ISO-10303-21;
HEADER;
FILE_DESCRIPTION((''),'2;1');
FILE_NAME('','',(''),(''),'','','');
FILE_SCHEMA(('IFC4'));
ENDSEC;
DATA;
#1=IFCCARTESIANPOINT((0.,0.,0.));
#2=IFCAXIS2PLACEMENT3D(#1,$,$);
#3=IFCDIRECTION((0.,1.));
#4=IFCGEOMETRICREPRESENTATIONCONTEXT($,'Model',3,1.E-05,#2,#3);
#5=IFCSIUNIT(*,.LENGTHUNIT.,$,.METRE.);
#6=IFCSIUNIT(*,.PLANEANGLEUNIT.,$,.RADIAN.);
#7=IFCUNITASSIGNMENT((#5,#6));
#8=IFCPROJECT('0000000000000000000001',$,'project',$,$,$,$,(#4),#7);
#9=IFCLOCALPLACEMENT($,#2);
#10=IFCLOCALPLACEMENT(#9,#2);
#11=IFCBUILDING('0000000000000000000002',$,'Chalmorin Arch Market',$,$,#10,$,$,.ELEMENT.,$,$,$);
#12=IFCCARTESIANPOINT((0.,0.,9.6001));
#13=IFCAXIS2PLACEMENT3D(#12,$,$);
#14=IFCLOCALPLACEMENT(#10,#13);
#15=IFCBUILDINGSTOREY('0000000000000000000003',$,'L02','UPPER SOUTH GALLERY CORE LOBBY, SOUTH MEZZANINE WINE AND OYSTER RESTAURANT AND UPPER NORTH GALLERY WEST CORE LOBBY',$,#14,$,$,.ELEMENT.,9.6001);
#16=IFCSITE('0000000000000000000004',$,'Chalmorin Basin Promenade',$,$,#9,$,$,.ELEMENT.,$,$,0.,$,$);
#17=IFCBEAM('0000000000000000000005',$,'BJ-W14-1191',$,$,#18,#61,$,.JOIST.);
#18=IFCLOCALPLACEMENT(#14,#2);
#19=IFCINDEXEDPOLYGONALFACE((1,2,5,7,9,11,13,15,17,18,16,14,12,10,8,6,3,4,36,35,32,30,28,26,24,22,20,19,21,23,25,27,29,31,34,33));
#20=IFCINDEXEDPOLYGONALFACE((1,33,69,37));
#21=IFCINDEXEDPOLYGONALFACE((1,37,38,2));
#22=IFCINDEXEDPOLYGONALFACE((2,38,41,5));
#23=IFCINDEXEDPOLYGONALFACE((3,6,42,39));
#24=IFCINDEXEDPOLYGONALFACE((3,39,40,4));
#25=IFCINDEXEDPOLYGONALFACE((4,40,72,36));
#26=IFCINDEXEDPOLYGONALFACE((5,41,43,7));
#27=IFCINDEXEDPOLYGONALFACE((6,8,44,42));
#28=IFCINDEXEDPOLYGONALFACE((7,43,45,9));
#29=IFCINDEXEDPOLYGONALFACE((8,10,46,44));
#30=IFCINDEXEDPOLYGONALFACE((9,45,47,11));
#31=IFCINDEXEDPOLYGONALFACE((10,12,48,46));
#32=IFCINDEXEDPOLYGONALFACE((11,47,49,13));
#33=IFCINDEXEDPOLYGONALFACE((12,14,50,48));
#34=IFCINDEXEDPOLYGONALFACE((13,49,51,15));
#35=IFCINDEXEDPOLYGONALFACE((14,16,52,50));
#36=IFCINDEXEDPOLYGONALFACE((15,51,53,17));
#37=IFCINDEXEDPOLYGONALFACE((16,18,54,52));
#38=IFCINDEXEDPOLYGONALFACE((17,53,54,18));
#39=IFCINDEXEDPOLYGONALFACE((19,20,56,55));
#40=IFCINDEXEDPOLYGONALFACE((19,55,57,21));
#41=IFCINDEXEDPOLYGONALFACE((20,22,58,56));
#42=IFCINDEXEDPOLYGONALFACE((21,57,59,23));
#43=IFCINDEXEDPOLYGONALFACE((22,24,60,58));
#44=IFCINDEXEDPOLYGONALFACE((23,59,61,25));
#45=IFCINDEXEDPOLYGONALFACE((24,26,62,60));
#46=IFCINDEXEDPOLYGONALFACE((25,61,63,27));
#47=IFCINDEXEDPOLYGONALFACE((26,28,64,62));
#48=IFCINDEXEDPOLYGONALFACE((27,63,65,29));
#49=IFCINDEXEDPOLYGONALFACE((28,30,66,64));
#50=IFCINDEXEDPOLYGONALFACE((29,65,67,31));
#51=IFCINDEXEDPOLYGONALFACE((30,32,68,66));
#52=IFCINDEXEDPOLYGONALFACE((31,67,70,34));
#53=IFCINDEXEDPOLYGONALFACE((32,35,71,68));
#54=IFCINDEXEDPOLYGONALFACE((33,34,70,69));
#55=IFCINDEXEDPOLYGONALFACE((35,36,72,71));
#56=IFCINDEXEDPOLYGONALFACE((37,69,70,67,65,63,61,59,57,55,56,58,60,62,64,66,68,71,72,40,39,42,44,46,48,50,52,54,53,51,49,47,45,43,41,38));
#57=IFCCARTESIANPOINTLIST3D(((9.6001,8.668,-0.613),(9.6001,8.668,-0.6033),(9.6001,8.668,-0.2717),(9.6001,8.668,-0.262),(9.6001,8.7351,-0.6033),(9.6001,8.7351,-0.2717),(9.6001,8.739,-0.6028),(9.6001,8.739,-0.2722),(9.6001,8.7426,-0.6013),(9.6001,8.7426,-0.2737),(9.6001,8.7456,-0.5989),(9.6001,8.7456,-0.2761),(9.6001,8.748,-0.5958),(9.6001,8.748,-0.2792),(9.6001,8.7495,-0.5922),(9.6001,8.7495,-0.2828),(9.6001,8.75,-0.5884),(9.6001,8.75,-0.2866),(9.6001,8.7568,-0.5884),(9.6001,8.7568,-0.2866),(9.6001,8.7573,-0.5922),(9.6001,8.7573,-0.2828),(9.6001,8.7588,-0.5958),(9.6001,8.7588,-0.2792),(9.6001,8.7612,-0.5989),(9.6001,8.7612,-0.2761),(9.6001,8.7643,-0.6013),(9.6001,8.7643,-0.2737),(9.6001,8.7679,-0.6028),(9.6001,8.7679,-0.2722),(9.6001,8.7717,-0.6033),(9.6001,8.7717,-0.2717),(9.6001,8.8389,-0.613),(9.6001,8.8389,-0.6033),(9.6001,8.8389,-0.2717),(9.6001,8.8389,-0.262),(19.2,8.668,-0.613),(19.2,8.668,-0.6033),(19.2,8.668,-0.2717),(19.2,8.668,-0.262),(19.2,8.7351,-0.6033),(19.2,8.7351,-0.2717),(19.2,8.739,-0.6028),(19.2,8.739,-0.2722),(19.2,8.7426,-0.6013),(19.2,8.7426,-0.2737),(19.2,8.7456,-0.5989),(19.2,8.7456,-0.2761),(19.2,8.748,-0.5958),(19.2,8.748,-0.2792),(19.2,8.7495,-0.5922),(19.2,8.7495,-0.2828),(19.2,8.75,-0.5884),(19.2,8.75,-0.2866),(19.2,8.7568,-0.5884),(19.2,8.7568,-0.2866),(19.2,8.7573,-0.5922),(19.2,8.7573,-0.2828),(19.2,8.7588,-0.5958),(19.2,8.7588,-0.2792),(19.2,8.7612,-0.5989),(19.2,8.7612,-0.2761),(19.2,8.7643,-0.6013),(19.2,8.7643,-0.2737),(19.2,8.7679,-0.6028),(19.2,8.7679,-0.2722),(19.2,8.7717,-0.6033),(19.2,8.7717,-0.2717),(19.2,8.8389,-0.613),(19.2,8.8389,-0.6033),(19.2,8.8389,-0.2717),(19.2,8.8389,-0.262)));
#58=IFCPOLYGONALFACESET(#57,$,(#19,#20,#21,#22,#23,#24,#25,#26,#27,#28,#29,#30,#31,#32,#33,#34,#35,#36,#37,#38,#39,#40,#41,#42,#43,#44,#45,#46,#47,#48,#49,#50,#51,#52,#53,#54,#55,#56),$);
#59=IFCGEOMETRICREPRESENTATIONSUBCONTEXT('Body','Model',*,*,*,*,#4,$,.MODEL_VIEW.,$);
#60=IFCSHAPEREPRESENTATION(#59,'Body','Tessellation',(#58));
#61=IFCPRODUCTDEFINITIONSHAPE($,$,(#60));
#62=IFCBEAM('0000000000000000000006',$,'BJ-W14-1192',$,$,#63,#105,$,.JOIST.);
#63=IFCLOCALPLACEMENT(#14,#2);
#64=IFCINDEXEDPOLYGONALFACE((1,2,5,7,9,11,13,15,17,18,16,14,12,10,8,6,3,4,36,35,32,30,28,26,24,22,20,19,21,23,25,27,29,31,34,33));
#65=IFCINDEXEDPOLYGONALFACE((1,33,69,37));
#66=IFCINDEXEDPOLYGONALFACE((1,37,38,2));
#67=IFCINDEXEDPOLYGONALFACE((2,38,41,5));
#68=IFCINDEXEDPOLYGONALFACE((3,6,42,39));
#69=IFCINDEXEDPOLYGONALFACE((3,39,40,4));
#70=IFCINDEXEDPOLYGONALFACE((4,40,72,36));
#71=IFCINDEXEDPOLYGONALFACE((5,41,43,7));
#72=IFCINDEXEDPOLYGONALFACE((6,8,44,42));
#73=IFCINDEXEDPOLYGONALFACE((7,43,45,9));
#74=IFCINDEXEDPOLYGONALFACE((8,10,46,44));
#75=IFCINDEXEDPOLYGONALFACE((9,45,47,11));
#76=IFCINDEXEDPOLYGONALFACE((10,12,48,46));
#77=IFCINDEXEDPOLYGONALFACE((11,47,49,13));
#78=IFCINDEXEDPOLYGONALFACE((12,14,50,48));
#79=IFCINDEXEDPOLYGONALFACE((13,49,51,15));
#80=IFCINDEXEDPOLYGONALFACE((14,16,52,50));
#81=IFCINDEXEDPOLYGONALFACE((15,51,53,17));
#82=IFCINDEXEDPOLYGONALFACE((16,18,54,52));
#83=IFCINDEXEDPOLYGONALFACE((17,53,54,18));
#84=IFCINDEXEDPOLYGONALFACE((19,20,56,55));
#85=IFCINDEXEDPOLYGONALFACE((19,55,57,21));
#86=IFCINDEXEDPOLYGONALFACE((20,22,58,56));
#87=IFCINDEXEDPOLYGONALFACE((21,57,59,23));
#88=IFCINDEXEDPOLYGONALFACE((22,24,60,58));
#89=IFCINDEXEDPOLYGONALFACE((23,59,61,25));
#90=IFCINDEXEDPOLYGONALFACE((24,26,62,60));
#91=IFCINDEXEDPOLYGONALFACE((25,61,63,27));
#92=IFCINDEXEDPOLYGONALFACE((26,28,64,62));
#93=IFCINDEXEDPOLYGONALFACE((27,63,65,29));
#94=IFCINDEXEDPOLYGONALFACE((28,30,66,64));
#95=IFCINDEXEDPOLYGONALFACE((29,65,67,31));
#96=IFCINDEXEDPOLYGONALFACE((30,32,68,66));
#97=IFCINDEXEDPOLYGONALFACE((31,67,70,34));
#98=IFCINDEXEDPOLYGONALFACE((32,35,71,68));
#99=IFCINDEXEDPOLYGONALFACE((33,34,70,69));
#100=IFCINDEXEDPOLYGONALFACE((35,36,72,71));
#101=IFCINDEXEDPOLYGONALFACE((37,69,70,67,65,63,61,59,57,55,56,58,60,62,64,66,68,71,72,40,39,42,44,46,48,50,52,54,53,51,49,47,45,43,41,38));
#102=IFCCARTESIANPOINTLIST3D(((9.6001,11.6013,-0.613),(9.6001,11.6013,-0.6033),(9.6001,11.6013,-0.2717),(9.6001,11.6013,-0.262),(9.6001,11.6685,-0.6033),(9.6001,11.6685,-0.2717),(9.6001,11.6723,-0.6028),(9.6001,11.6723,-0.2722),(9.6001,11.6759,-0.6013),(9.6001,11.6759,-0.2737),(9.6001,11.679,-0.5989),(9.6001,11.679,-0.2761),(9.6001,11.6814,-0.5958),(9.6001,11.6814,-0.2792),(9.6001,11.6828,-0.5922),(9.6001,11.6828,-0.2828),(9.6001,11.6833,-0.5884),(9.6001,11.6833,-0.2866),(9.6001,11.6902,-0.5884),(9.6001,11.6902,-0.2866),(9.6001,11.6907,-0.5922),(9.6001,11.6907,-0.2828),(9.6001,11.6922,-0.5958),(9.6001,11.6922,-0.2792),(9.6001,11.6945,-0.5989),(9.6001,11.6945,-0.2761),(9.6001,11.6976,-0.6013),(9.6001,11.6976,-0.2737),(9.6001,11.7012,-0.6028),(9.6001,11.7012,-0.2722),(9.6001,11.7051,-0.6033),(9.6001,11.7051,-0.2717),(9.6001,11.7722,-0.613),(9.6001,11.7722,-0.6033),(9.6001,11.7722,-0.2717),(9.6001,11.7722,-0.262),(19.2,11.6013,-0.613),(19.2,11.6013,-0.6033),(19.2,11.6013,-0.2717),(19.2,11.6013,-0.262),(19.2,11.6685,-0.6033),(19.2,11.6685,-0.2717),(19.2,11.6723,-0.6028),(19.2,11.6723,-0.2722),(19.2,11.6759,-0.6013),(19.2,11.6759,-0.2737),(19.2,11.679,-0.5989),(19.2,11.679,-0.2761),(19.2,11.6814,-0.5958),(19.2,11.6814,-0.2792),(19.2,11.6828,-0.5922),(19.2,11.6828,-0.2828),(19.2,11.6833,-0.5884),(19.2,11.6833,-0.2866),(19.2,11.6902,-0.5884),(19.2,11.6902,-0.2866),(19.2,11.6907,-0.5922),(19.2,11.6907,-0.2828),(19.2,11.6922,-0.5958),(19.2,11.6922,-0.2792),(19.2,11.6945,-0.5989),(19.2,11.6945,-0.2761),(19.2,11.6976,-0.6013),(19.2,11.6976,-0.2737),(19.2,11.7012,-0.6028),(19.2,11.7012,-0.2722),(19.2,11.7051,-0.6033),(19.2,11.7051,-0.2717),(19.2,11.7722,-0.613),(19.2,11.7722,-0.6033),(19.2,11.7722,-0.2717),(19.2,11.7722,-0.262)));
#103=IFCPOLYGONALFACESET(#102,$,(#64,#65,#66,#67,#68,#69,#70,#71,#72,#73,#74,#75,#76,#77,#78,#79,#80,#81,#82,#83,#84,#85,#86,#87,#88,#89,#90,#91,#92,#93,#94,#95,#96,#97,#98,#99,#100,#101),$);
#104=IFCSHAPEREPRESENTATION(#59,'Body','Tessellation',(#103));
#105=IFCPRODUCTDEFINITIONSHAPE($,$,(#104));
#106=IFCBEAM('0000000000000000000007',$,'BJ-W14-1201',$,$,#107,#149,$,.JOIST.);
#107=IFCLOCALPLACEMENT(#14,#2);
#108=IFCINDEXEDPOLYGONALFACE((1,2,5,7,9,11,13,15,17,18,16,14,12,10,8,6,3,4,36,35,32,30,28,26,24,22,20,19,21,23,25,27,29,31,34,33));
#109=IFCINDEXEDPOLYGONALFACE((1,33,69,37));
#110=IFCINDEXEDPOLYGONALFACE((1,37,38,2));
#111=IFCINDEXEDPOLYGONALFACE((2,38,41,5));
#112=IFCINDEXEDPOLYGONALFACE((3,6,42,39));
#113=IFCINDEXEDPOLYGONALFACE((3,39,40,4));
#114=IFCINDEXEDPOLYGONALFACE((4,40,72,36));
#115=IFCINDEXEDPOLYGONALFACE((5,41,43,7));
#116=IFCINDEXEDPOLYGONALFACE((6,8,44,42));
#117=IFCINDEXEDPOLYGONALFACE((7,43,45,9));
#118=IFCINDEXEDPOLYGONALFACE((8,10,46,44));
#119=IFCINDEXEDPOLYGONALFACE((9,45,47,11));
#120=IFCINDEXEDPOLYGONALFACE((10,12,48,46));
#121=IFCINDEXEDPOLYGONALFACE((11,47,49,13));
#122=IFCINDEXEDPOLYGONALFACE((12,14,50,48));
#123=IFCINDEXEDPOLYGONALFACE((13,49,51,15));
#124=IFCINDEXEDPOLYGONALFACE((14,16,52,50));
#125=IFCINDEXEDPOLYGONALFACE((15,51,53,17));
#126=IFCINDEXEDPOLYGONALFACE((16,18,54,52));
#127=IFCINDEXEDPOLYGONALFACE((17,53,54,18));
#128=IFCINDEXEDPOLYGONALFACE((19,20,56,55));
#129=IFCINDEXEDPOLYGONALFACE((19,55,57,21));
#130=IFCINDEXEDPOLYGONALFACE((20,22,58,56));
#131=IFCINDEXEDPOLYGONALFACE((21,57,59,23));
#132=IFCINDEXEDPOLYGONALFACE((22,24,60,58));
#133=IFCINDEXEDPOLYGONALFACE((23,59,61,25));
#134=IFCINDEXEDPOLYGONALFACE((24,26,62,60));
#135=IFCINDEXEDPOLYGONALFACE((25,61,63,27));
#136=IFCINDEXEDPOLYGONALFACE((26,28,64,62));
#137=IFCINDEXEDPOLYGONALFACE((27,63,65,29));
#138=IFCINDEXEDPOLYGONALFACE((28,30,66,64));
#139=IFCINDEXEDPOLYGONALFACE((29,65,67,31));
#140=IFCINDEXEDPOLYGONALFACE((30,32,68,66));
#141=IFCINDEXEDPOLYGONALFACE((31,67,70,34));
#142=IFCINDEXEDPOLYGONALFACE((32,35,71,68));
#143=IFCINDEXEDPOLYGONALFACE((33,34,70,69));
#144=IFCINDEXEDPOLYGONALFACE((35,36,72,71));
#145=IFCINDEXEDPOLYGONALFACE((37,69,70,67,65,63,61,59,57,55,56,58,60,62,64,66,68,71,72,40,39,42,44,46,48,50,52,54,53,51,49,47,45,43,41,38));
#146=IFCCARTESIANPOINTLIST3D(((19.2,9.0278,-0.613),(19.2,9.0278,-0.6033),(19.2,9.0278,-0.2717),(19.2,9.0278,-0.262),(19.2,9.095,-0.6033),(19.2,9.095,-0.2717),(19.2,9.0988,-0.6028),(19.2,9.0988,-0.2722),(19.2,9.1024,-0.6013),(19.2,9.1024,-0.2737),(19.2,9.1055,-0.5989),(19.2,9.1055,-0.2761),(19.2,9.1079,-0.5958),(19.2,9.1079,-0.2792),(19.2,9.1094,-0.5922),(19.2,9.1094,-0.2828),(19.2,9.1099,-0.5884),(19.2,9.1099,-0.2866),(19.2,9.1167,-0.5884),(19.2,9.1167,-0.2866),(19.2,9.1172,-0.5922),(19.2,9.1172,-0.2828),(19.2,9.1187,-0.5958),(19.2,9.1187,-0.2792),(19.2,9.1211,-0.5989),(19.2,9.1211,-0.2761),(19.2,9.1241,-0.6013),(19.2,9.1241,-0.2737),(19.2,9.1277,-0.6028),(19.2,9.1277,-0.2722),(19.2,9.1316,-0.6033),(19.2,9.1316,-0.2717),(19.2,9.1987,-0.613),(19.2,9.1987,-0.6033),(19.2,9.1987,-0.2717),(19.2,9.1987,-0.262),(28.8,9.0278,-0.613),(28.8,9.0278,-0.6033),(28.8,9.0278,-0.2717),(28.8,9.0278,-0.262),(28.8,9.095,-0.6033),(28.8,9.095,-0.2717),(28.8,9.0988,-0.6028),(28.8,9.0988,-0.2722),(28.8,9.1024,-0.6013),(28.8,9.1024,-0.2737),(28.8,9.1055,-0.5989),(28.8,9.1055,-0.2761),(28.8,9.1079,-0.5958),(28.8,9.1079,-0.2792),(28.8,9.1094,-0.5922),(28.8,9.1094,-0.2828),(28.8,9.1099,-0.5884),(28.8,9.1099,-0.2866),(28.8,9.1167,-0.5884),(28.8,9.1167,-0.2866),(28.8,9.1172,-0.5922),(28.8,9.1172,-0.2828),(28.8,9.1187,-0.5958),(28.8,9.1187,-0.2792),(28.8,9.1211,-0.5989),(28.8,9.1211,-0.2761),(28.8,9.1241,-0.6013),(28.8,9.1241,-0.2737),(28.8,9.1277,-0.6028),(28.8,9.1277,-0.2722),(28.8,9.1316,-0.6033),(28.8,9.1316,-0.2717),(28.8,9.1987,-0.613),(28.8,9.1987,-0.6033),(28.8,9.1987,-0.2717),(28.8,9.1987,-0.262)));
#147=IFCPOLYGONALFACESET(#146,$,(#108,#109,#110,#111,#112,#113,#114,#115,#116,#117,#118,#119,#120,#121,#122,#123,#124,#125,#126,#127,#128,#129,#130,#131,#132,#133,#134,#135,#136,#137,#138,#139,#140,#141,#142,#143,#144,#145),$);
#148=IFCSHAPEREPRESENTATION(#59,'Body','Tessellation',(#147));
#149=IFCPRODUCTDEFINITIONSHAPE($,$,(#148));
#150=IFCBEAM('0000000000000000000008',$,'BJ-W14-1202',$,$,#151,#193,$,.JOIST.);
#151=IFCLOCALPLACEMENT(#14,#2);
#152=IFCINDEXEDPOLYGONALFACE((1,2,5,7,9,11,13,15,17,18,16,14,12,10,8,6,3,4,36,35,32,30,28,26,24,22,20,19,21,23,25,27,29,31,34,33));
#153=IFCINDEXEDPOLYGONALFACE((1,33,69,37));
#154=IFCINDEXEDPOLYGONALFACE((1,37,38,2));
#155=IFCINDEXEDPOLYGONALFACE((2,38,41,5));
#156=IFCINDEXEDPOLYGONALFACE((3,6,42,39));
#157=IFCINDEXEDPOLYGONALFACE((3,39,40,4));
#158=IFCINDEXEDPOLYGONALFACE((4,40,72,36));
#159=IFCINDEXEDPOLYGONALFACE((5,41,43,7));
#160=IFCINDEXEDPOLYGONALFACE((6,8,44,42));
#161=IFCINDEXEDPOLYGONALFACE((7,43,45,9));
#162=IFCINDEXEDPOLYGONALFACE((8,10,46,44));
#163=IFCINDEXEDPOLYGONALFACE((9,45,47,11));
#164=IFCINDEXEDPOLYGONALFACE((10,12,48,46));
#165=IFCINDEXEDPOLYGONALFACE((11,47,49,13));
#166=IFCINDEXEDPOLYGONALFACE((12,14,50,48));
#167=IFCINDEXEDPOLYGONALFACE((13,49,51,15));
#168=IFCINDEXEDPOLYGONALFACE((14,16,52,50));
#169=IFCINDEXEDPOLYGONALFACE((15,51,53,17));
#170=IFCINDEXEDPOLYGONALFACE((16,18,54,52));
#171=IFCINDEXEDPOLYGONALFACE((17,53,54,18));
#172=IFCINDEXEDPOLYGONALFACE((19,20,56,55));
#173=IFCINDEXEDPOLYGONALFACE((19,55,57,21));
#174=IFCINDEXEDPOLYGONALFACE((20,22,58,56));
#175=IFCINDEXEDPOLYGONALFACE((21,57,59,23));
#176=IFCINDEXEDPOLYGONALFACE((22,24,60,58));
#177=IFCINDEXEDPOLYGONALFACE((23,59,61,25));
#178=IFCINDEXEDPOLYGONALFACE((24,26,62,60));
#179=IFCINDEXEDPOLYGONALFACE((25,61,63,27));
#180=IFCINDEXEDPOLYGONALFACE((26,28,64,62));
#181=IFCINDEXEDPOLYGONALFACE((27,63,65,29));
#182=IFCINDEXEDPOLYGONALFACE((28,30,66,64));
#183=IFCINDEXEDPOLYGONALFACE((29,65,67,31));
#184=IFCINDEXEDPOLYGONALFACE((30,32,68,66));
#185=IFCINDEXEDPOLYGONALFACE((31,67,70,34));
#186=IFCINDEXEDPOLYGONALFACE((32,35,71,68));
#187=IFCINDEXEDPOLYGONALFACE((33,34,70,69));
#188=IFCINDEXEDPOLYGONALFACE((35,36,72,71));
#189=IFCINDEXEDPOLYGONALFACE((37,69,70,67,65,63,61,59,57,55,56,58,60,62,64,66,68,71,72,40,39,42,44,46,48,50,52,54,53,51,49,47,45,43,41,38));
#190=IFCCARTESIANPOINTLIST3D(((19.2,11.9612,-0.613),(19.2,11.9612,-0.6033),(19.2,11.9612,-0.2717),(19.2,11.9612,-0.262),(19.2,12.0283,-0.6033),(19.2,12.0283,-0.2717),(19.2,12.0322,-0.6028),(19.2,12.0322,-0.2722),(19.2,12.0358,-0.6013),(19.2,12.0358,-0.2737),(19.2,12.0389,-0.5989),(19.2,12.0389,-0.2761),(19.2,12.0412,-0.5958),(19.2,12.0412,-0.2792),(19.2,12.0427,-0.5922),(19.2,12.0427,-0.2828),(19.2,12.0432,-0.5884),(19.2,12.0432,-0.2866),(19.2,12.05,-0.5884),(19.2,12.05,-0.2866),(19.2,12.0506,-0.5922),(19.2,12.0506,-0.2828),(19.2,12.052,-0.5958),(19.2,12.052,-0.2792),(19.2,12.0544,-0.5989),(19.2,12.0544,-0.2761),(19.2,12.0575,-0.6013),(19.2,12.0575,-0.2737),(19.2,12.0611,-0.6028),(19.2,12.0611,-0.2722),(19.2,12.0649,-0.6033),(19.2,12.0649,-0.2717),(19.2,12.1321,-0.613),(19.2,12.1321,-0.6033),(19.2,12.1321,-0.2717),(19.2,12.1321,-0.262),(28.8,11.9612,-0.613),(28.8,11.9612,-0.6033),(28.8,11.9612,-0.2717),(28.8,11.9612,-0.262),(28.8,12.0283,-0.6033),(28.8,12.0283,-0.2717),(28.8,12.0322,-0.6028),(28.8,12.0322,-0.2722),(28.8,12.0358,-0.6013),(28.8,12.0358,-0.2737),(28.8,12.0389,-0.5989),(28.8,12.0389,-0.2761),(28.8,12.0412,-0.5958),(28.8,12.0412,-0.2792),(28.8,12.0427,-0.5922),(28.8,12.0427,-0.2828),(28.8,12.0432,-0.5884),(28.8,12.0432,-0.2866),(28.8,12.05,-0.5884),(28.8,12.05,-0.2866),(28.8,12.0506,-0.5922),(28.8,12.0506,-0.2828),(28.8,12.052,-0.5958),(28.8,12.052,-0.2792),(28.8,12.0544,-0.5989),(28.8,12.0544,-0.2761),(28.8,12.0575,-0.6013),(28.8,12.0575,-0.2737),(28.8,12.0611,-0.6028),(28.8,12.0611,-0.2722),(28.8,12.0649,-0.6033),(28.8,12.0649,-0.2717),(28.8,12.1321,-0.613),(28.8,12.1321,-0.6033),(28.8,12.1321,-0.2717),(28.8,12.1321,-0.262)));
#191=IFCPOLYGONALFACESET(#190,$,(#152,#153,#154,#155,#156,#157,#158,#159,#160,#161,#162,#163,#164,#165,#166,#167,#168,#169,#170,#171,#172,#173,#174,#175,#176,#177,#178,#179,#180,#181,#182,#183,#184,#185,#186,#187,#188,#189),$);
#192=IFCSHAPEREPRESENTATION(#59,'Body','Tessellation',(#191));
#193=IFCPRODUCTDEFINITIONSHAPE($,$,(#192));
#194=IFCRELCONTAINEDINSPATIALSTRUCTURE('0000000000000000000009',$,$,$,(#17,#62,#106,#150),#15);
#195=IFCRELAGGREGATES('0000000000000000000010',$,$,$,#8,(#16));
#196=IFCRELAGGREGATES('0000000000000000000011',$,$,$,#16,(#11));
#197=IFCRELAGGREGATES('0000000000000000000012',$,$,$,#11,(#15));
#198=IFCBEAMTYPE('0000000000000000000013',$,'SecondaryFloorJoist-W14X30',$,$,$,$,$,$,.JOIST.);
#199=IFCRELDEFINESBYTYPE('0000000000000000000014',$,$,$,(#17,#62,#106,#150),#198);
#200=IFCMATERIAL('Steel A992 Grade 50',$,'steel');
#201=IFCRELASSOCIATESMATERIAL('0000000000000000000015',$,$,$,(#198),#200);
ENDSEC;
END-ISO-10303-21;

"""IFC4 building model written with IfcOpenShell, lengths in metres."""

from ifc_helpers import new_model, si_unit, direction, frame, origin, origin_2d, place, context, subcontext, project, spatial, i_section, extrude, material, material_profile, profile_set, type_object, element, save


model = new_model("IFC4")

# Units and contexts
model_context = context("Model", 3, precision=1e-05, world=origin(), true_north=direction((0.0, 1.0)))
body_context = subcontext(model_context, "Body", "Model", "MODEL_VIEW")
ifc_project = project(units=[si_unit("LENGTHUNIT", "METRE"), si_unit("PLANEANGLEUNIT", "RADIAN")], contexts=[model_context])

# Site, building, storey
site_placement = place(None, origin())
site = spatial("IfcSite", under=ifc_project, at=site_placement, Name="Chalmorin Basin Promenade", CompositionType="ELEMENT", RefElevation=0.0)
building_placement = place(site_placement, origin())
building = spatial("IfcBuilding", under=site, at=building_placement, Name="Chalmorin Arch Market", CompositionType="ELEMENT")
storey_placement = place(building_placement, frame((0.0, 0.0, 9.6001)))
storey = spatial("IfcBuildingStorey", under=building, at=storey_placement, Name="L02", Description="UPPER SOUTH GALLERY CORE LOBBY, SOUTH MEZZANINE WINE AND OYSTER RESTAURANT AND UPPER NORTH GALLERY WEST CORE LOBBY", CompositionType="ELEMENT", Elevation=9.6001)

# Shared definitions
ifc_material_1 = material(Name="Steel A992 Grade 50", Category="steel")

# Beams
ifc_material_profile_1 = material_profile(ifc_material_1, i_section(OverallWidth=0.1709, OverallDepth=0.3511, WebThickness=0.0068, FlangeThickness=0.0098, FilletRadius=0.0149, at=origin_2d()), Name="W14X30")
ifc_profile_set_1 = profile_set([ifc_material_profile_1], Name="Steel A992 Grade 50")
beam_type_1 = type_object("IfcBeamType", Name="SecondaryFloorJoist-W14X30", PredefinedType="JOIST", material=ifc_profile_set_1)
for number, where, z_axis, x_axis, name in (
    (1, (9.6001, 8.7534, -0.4375), (1.0, 0.0, 0.0), (0.0, 1.0, 0.0), "BJ-W14-1191"),
    (2, (9.6001, 11.6868, -0.4375), (1.0, 0.0, 0.0), (0.0, 1.0, 0.0), "BJ-W14-1192"),
):
    element("IfcBeam", number, at=place(storey_placement, frame(where, z_axis=z_axis, x_axis=x_axis)), inside=storey, type_object=beam_type_1, Name=name, PredefinedType="JOIST", context=body_context, shape_type="SweptSolid", body=[
        extrude(i_section(OverallWidth=0.1709, OverallDepth=0.3511, WebThickness=0.0068, FlangeThickness=0.0098, FilletRadius=0.0149, at=origin_2d()), origin(), (0.0, 0.0, 1.0), 9.5999),
    ])
for number, where, z_axis, x_axis, name in (
    (3, (19.2, 9.1133, -0.4375), (1.0, 0.0, 0.0), (0.0, 1.0, 0.0), "BJ-W14-1201"),
    (4, (19.2, 12.0466, -0.4375), (1.0, 0.0, 0.0), (0.0, 1.0, 0.0), "BJ-W14-1202"),
):
    element("IfcBeam", number, at=place(storey_placement, frame(where, z_axis=z_axis, x_axis=x_axis)), inside=storey, type_object=beam_type_1, Name=name, PredefinedType="JOIST", context=body_context, shape_type="SweptSolid", body=[
        extrude(i_section(OverallWidth=0.1709, OverallDepth=0.3511, WebThickness=0.0068, FlangeThickness=0.0098, FilletRadius=0.0149, at=origin_2d()), origin(), (0.0, 0.0, 1.0), 9.6001),
    ])

save(model, "model.ifc")
